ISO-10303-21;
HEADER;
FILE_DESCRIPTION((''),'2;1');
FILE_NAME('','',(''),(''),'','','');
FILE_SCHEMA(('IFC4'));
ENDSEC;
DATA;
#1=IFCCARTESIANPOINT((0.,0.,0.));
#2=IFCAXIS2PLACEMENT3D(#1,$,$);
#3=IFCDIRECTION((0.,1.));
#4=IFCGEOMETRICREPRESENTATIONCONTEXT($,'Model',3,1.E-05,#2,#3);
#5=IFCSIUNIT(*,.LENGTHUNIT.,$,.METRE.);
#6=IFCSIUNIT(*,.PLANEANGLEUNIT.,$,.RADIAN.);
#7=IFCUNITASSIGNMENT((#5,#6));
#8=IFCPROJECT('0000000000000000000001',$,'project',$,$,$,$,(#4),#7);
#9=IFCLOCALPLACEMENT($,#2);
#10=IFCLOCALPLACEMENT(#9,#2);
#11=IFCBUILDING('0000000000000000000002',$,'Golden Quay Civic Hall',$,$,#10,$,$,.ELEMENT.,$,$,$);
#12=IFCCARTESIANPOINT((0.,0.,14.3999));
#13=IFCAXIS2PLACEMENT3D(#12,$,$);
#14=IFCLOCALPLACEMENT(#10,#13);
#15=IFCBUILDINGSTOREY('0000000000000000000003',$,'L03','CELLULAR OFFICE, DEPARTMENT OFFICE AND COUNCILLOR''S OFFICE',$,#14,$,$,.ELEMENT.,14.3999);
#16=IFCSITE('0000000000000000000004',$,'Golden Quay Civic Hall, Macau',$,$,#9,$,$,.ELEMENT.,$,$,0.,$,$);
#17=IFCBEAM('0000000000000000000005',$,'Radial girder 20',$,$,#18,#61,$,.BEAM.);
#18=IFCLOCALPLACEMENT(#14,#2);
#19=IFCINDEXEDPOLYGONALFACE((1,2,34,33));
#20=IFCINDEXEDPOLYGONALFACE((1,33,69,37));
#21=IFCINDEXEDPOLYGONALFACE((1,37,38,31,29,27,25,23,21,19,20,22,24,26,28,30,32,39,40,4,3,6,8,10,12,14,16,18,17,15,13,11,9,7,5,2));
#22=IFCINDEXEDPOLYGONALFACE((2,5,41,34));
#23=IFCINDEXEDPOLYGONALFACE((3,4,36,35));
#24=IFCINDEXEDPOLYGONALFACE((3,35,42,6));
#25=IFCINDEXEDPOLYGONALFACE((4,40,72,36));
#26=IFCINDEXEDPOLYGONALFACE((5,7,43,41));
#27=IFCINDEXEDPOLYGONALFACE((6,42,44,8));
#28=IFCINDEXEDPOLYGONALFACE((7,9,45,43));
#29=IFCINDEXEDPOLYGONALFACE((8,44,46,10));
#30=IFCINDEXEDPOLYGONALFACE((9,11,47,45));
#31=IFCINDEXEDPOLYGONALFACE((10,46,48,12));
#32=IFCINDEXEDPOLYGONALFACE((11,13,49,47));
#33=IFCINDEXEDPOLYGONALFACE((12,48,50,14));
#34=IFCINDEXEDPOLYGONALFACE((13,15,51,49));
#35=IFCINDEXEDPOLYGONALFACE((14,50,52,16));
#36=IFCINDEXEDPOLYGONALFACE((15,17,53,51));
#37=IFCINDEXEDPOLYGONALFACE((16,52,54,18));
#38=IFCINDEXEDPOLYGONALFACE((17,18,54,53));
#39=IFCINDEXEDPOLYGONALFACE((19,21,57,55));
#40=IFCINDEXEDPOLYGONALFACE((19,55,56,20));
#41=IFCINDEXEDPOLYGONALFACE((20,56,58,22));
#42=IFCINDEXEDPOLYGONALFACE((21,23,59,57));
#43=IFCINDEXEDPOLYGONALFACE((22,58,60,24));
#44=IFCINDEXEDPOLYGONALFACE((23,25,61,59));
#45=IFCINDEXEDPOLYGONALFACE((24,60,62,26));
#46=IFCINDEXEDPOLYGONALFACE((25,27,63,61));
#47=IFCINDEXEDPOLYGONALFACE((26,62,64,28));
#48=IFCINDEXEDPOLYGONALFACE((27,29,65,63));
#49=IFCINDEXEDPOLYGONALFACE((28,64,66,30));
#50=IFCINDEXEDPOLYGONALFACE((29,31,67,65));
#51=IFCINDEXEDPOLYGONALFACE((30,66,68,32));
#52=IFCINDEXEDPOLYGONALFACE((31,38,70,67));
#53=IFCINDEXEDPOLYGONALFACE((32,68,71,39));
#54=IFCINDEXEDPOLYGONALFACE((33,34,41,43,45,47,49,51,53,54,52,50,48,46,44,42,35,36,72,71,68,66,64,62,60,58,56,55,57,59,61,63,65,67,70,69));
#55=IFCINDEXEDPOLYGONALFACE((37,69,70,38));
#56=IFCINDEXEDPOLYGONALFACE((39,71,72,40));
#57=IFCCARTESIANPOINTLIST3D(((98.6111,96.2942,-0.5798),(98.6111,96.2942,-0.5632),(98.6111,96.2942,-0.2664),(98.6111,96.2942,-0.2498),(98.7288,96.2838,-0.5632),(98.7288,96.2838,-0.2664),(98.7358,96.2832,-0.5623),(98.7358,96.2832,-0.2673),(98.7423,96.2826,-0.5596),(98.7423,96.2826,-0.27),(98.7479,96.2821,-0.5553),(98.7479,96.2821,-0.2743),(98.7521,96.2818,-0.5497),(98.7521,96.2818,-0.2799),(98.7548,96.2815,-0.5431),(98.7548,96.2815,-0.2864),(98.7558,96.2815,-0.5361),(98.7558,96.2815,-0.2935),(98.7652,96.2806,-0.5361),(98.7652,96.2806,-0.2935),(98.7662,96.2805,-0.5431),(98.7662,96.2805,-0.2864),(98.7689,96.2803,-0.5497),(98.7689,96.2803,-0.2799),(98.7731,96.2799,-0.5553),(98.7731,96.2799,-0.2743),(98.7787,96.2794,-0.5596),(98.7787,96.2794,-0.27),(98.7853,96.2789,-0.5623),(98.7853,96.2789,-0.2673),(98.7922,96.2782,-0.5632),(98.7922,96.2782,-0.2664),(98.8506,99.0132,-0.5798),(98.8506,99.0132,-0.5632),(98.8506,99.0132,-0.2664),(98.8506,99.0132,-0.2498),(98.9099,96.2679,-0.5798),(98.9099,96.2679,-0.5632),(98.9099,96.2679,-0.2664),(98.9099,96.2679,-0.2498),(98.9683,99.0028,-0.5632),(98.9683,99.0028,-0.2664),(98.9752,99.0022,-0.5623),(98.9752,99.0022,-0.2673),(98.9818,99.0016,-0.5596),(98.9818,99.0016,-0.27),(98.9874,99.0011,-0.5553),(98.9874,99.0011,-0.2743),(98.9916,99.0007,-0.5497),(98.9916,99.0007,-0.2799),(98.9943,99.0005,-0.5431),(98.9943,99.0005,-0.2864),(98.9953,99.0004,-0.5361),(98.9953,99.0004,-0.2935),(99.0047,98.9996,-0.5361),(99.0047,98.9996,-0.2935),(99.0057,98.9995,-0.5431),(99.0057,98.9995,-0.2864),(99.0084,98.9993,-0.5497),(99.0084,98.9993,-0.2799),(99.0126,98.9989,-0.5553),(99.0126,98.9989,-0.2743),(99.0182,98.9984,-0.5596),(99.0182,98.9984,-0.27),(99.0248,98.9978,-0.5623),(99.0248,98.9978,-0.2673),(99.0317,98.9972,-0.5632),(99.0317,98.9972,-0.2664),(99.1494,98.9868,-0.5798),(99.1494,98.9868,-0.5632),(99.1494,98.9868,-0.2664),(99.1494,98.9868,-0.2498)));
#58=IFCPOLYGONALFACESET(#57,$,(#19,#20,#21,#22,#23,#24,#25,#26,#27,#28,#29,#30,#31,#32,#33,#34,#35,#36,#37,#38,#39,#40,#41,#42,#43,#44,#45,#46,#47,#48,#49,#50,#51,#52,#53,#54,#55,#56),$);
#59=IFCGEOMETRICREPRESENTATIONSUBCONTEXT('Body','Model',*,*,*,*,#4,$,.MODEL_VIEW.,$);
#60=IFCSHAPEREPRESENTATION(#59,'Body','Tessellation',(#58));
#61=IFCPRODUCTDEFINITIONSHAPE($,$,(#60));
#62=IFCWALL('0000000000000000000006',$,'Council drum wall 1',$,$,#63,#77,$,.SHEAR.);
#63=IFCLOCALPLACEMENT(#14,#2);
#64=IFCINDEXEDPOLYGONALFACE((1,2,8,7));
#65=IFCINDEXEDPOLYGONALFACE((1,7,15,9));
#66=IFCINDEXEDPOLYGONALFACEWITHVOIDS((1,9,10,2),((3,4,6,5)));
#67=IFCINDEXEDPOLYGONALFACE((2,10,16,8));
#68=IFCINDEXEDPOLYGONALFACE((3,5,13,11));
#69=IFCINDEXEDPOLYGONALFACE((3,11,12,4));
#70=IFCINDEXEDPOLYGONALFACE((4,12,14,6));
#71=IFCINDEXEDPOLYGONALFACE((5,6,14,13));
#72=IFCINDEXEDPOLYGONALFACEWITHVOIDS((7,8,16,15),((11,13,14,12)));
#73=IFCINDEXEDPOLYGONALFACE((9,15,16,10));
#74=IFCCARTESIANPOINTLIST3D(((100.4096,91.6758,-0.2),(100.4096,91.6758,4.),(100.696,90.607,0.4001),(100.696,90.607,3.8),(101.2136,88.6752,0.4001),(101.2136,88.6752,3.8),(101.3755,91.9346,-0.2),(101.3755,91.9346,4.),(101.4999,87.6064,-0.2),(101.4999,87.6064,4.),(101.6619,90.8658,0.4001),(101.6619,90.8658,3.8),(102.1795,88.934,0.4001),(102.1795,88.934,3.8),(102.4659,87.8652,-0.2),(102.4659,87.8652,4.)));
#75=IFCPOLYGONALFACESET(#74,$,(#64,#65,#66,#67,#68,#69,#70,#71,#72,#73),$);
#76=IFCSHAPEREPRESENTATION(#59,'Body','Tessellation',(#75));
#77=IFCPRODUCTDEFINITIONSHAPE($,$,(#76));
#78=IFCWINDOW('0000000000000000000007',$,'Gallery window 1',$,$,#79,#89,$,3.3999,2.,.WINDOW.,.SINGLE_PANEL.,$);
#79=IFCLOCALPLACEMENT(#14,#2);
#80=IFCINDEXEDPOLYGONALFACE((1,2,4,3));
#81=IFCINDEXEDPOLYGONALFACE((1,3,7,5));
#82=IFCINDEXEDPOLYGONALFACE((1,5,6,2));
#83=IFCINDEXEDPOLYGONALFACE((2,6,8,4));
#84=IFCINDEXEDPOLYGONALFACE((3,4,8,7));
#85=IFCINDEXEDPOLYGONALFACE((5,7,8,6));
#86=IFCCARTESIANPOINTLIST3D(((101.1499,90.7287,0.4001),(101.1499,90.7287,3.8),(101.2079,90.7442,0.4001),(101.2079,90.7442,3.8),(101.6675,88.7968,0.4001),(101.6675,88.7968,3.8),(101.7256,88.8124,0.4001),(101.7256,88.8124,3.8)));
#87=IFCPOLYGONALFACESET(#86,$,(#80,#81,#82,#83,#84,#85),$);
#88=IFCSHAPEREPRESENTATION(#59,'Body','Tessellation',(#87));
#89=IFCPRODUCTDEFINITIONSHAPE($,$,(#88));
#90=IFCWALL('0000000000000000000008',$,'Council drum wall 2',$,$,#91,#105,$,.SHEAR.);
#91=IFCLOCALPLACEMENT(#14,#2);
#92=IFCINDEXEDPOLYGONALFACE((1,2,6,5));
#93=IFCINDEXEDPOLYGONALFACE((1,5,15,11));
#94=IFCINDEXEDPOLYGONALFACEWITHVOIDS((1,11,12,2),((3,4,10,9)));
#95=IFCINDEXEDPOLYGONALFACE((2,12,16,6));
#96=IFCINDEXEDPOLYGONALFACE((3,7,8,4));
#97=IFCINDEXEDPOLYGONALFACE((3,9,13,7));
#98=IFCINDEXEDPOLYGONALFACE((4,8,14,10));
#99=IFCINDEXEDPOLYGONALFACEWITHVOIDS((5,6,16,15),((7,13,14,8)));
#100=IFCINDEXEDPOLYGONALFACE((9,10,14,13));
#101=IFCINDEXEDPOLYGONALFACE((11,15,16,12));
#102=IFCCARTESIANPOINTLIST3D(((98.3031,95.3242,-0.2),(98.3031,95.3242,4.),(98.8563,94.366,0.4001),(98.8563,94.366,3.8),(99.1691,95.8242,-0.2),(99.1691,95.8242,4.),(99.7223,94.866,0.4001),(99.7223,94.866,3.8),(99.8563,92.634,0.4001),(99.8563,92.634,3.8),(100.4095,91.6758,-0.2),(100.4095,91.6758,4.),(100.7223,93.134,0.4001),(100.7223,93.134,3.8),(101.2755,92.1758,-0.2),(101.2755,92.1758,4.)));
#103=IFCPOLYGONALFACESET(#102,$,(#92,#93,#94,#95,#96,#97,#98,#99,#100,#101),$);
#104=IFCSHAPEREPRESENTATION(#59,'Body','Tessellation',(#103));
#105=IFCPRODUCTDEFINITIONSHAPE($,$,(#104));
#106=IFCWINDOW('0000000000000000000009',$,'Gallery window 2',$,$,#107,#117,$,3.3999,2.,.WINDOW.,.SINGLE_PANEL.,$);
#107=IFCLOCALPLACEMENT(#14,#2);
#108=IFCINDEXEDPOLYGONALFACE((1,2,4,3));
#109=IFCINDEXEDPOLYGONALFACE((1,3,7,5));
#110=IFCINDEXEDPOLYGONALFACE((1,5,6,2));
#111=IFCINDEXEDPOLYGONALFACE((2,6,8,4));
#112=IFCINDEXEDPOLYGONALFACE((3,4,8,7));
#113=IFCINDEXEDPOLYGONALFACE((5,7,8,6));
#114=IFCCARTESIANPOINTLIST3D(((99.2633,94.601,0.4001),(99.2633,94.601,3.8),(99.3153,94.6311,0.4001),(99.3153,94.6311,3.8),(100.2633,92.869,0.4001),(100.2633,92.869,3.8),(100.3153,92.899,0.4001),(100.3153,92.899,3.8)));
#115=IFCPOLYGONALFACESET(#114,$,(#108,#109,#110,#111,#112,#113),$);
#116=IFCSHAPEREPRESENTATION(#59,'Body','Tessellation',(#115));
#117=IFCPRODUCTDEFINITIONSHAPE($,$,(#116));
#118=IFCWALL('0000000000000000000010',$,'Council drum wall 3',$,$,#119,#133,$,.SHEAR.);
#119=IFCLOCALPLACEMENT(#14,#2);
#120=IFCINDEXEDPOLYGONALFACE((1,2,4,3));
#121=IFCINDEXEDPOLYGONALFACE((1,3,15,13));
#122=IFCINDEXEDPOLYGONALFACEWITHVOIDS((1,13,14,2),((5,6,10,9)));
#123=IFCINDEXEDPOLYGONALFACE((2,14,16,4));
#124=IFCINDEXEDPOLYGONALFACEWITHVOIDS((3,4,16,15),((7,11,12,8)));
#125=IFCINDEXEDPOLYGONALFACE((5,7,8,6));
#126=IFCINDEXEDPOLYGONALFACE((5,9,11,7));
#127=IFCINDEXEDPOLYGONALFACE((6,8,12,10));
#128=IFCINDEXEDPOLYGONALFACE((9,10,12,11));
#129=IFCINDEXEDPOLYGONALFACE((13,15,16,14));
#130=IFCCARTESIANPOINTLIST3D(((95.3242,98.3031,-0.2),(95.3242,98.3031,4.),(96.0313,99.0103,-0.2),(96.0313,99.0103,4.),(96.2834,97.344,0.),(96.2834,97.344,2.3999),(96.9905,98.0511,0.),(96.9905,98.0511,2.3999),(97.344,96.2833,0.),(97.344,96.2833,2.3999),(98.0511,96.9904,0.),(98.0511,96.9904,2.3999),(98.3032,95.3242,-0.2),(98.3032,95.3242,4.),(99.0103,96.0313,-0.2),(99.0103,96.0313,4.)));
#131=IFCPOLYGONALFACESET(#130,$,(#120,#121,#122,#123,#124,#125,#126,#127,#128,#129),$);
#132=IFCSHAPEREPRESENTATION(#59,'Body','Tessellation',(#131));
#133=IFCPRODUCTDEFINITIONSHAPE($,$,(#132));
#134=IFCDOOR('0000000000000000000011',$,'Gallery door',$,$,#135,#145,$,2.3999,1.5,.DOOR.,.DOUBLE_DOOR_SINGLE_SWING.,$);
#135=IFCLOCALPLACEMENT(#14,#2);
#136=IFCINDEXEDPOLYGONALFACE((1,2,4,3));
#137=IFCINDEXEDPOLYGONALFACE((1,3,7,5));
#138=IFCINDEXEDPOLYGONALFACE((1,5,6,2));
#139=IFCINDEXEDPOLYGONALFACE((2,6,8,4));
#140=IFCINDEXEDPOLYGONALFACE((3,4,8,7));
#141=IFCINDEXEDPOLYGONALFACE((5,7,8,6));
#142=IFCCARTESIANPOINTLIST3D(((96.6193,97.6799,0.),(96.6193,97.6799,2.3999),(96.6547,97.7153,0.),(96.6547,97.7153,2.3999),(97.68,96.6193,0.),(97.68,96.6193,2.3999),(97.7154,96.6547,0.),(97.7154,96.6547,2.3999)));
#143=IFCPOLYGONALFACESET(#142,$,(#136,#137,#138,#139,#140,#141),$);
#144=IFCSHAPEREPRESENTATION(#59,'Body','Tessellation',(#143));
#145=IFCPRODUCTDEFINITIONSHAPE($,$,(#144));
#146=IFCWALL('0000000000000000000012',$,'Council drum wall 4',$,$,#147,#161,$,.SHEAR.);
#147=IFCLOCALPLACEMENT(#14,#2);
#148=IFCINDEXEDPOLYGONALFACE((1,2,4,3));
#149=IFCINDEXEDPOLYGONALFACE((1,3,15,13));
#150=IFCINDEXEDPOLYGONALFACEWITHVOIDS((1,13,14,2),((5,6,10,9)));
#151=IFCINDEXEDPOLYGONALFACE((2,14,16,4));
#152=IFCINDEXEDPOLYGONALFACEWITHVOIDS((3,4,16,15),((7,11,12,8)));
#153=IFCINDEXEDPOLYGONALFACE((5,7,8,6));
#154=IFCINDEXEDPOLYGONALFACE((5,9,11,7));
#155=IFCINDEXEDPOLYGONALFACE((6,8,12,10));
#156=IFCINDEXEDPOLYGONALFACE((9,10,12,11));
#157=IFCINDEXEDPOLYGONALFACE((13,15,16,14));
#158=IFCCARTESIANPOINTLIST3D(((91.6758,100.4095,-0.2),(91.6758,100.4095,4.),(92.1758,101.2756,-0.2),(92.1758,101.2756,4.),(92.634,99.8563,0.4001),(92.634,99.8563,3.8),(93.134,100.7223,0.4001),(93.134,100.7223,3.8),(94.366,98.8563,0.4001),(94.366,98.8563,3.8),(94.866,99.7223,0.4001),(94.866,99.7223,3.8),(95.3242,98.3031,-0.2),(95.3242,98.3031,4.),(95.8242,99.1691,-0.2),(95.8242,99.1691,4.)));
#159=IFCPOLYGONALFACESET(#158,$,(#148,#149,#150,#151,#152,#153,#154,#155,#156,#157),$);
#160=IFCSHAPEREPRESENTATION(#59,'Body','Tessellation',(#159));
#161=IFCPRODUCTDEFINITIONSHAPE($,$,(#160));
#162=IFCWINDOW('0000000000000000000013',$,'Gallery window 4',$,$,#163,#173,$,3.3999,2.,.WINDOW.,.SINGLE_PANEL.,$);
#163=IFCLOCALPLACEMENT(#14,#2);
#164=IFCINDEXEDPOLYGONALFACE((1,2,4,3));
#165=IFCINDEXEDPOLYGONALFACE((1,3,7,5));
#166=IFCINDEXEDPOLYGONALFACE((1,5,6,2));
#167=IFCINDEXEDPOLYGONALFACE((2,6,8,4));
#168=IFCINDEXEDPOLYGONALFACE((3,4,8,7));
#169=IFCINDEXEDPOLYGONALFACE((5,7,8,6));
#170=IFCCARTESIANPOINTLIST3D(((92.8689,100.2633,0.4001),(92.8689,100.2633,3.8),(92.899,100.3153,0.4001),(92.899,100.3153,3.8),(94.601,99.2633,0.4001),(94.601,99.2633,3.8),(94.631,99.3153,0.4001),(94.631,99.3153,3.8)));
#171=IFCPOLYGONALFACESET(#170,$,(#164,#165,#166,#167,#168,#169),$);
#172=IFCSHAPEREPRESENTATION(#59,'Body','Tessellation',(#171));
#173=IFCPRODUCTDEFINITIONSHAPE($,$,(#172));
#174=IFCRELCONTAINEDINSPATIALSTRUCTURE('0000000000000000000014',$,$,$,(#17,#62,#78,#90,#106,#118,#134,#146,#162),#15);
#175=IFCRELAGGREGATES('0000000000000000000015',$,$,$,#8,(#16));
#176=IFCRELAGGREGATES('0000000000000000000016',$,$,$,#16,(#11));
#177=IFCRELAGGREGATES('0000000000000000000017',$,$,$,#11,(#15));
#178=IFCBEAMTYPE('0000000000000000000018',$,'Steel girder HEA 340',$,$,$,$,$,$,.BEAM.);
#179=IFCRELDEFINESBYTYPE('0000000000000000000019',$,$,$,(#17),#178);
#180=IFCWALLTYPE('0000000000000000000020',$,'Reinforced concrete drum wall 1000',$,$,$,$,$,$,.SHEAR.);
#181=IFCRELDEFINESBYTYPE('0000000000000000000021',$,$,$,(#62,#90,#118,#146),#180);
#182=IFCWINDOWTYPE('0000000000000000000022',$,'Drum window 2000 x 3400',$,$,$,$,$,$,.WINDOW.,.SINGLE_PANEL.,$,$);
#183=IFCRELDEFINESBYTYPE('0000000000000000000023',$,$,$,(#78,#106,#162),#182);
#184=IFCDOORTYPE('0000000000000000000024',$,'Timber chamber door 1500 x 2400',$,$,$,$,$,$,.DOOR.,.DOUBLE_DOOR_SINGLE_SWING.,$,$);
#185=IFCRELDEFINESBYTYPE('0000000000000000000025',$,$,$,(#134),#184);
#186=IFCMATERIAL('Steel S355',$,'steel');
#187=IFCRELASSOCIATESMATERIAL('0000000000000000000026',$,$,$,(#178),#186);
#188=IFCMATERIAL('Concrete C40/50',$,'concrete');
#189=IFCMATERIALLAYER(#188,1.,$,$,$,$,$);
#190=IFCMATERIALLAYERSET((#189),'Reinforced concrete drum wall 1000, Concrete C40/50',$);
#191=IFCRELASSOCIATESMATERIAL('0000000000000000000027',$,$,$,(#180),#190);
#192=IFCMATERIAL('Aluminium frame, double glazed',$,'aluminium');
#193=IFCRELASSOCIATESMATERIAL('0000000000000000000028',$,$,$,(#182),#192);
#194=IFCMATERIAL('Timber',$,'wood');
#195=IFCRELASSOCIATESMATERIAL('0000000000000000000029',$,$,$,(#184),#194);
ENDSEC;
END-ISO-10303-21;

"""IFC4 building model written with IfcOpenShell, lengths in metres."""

from ifc_helpers import new_model, si_unit, direction, frame, frame_2d, origin, origin_2d, place, context, subcontext, project, spatial, rectangle, i_section, extrude, material, layer, layer_set, material_profile, profile_set, type_object, element, fill, save


model = new_model("IFC4")

# Units and contexts
model_context = context("Model", 3, precision=1e-05, world=origin(), true_north=direction((0.0, 1.0)))
body_context = subcontext(model_context, "Body", "Model", "MODEL_VIEW")
ifc_project = project(units=[si_unit("LENGTHUNIT", "METRE"), si_unit("PLANEANGLEUNIT", "RADIAN")], contexts=[model_context])

# Site, building, storey
site_placement = place(None, origin())
site = spatial("IfcSite", under=ifc_project, at=site_placement, Name="Golden Quay Civic Hall, Macau", CompositionType="ELEMENT", RefElevation=0.0)
building_placement = place(site_placement, origin())
building = spatial("IfcBuilding", under=site, at=building_placement, Name="Golden Quay Civic Hall", CompositionType="ELEMENT")
storey_placement = place(building_placement, frame((0.0, 0.0, 14.3999)))
storey = spatial("IfcBuildingStorey", under=building, at=storey_placement, Name="L03", Description="CELLULAR OFFICE, DEPARTMENT OFFICE AND COUNCILLOR'S OFFICE", CompositionType="ELEMENT", Elevation=14.3999)

# Beam
ifc_material_1 = material(Name="Steel S355", Category="steel")
ifc_material_profile = material_profile(ifc_material_1, i_section(OverallWidth=0.3, OverallDepth=0.3301, WebThickness=0.0095, FlangeThickness=0.0166, FilletRadius=0.0271, at=origin_2d()), Name="HEA 340")
ifc_profile_set = profile_set([ifc_material_profile], Name="Steel S355")
beam_type = type_object("IfcBeamType", Name="Steel girder HEA 340", PredefinedType="BEAM", material=ifc_profile_set)
beam_placement = place(storey_placement, frame((99.0, 99.0, -0.4148), z_axis=(-0.087745, -0.996143, 0.0), x_axis=(0.996143, -0.087745, 0.0)))
element("IfcBeam", 1, at=beam_placement, inside=storey, type_object=beam_type, Name="Radial girder 20", PredefinedType="BEAM", context=body_context, shape_type="SweptSolid", body=[
    extrude(i_section(OverallWidth=0.3, OverallDepth=0.3301, WebThickness=0.0095, FlangeThickness=0.0166, FilletRadius=0.0271, at=origin_2d()), origin(), (0.0, 0.0, 1.0), 2.7295),
])

# Walls, openings, windows
ifc_material_2 = material(Name="Concrete C40/50", Category="concrete")
ifc_layer_1 = layer(ifc_material_2, 1.0)
ifc_layer_set_1 = layer_set([ifc_layer_1], Name="Reinforced concrete drum wall 1000, Concrete C40/50")
wall_type = type_object("IfcWallType", Name="Reinforced concrete drum wall 1000", PredefinedType="SHEAR", material=ifc_layer_set_1)
wall_1_placement = place(storey_placement, frame((101.9829, 87.7358, -0.2), z_axis=(0.0, 0.0, 1.0), x_axis=(-0.258809, 0.965928, 0.0)))
wall_1 = element("IfcWall", 2, at=wall_1_placement, inside=storey, type_object=wall_type, Name="Council drum wall 1", PredefinedType="SHEAR", context=body_context, shape_type="SweptSolid", body=[
    extrude(rectangle(XDim=4.2129, YDim=1.0, at=frame_2d((2.1064, 0.0))), origin(), (0.0, 0.0, 1.0), 4.2),
])
opening_1_placement = place(wall_1_placement, frame((1.1064, 0.0, 0.6001)))
opening_1 = element("IfcOpeningElement", 3, at=opening_1_placement, cuts=wall_1, PredefinedType="OPENING", context=body_context, shape_type="SweptSolid", body=[
    extrude(rectangle(XDim=2.0, YDim=3.3999, at=frame_2d((1.0, 1.7))), frame((0.0, 0.51, 0.0), z_axis=(0.0, -1.0, 0.0), x_axis=(1.0, 0.0, 0.0)), (0.0, 0.0, 1.0), 1.02),
])
ifc_material_3 = material(Name="Aluminium frame, double glazed", Category="aluminium")
window_type = type_object("IfcWindowType", Name="Drum window 2000 x 3400", PartitioningType="SINGLE_PANEL", PredefinedType="WINDOW", material=ifc_material_3)
window_1_placement = place(opening_1_placement, origin())
window_1 = element("IfcWindow", 4, at=window_1_placement, inside=storey, type_object=window_type, Name="Gallery window 1", OverallHeight=3.3999, OverallWidth=2.0, PartitioningType="SINGLE_PANEL", PredefinedType="WINDOW", context=body_context, shape_type="SweptSolid", body=[
    extrude(rectangle(XDim=2.0, YDim=3.3999, at=frame_2d((1.0, 1.7))), frame((0.0, 0.03, 0.0), z_axis=(0.0, -1.0, 0.0), x_axis=(1.0, 0.0, 0.0)), (0.0, 0.0, 1.0), 0.0601),
])
fill(opening_1, window_1)
wall_2_placement = place(storey_placement, frame((100.8425, 91.9258, -0.2), z_axis=(0.0, 0.0, 1.0), x_axis=(-0.500003, 0.866023, 0.0)))
wall_2 = element("IfcWall", 5, at=wall_2_placement, inside=storey, type_object=wall_type, Name="Council drum wall 2", PredefinedType="SHEAR", context=body_context, shape_type="SweptSolid", body=[
    extrude(rectangle(XDim=4.2129, YDim=1.0, at=frame_2d((2.1064, 0.0))), origin(), (0.0, 0.0, 1.0), 4.2),
])
opening_2_placement = place(wall_2_placement, frame((1.1064, 0.0, 0.6001)))
opening_2 = element("IfcOpeningElement", 6, at=opening_2_placement, cuts=wall_2, PredefinedType="OPENING", context=body_context, shape_type="SweptSolid", body=[
    extrude(rectangle(XDim=2.0, YDim=3.3999, at=frame_2d((1.0, 1.7))), frame((0.0, 0.51, 0.0), z_axis=(0.0, -1.0, 0.0), x_axis=(1.0, 0.0, 0.0)), (0.0, 0.0, 1.0), 1.02),
])
window_2_placement = place(opening_2_placement, origin())
window_2 = element("IfcWindow", 7, at=window_2_placement, inside=storey, type_object=window_type, Name="Gallery window 2", OverallHeight=3.3999, OverallWidth=2.0, PartitioningType="SINGLE_PANEL", PredefinedType="WINDOW", context=body_context, shape_type="SweptSolid", body=[
    extrude(rectangle(XDim=2.0, YDim=3.3999, at=frame_2d((1.0, 1.7))), frame((0.0, 0.03, 0.0), z_axis=(0.0, -1.0, 0.0), x_axis=(1.0, 0.0, 0.0)), (0.0, 0.0, 1.0), 0.0601),
])
fill(opening_2, window_2)

# Wall, opening, door
wall_3_placement = place(storey_placement, frame((98.6567, 95.6777, -0.2), z_axis=(0.0, 0.0, 1.0), x_axis=(-0.707107, 0.707107, 0.0)))
wall_3 = element("IfcWall", 8, at=wall_3_placement, inside=storey, type_object=wall_type, Name="Council drum wall 3", PredefinedType="SHEAR", context=body_context, shape_type="SweptSolid", body=[
    extrude(rectangle(XDim=4.2129, YDim=1.0, at=frame_2d((2.1064, 0.0))), origin(), (0.0, 0.0, 1.0), 4.2),
])
opening_3_placement = place(wall_3_placement, frame((1.3564, 0.0, 0.2)))
opening_3 = element("IfcOpeningElement", 9, at=opening_3_placement, cuts=wall_3, PredefinedType="OPENING", context=body_context, shape_type="SweptSolid", body=[
    extrude(rectangle(XDim=1.5, YDim=2.3999, at=frame_2d((0.75, 1.2))), frame((0.0, 0.51, 0.0), z_axis=(0.0, -1.0, 0.0), x_axis=(1.0, 0.0, 0.0)), (0.0, 0.0, 1.0), 1.02),
])
ifc_material_4 = material(Name="Timber", Category="wood")
door_type = type_object("IfcDoorType", Name="Timber chamber door 1500 x 2400", OperationType="DOUBLE_DOOR_SINGLE_SWING", PredefinedType="DOOR", material=ifc_material_4)
door_placement = place(opening_3_placement, frame((1.5, 0.0, 0.0), z_axis=(0.0, 0.0, 1.0), x_axis=(-1.0, 0.0, 0.0)))
door = element("IfcDoor", 10, at=door_placement, inside=storey, type_object=door_type, Name="Gallery door", OperationType="DOUBLE_DOOR_SINGLE_SWING", OverallHeight=2.3999, OverallWidth=1.5, PredefinedType="DOOR", context=body_context, shape_type="SweptSolid", body=[
    extrude(rectangle(XDim=1.5, YDim=2.3999, at=frame_2d((0.75, 1.2))), frame((0.0, 0.0251, 0.0), z_axis=(0.0, -1.0, 0.0), x_axis=(1.0, 0.0, 0.0)), (0.0, 0.0, 1.0), 0.05),
])
fill(opening_3, door)

# Wall, opening, window
wall_4_placement = place(storey_placement, frame((95.5742, 98.7361, -0.2), z_axis=(0.0, 0.0, 1.0), x_axis=(-0.866023, 0.500003, 0.0)))
wall_4 = element("IfcWall", 11, at=wall_4_placement, inside=storey, type_object=wall_type, Name="Council drum wall 4", PredefinedType="SHEAR", context=body_context, shape_type="SweptSolid", body=[
    extrude(rectangle(XDim=4.2129, YDim=1.0, at=frame_2d((2.1064, 0.0))), origin(), (0.0, 0.0, 1.0), 4.2),
])
opening_4_placement = place(wall_4_placement, frame((1.1064, 0.0, 0.6001)))
opening_4 = element("IfcOpeningElement", 12, at=opening_4_placement, cuts=wall_4, PredefinedType="OPENING", context=body_context, shape_type="SweptSolid", body=[
    extrude(rectangle(XDim=2.0, YDim=3.3999, at=frame_2d((1.0, 1.7))), frame((0.0, 0.51, 0.0), z_axis=(0.0, -1.0, 0.0), x_axis=(1.0, 0.0, 0.0)), (0.0, 0.0, 1.0), 1.02),
])
window_3_placement = place(opening_4_placement, origin())
window_3 = element("IfcWindow", 13, at=window_3_placement, inside=storey, type_object=window_type, Name="Gallery window 4", OverallHeight=3.3999, OverallWidth=2.0, PartitioningType="SINGLE_PANEL", PredefinedType="WINDOW", context=body_context, shape_type="SweptSolid", body=[
    extrude(rectangle(XDim=2.0, YDim=3.3999, at=frame_2d((1.0, 1.7))), frame((0.0, 0.03, 0.0), z_axis=(0.0, -1.0, 0.0), x_axis=(1.0, 0.0, 0.0)), (0.0, 0.0, 1.0), 0.0601),
])
fill(opening_4, window_3)

save(model, "model.ifc")
